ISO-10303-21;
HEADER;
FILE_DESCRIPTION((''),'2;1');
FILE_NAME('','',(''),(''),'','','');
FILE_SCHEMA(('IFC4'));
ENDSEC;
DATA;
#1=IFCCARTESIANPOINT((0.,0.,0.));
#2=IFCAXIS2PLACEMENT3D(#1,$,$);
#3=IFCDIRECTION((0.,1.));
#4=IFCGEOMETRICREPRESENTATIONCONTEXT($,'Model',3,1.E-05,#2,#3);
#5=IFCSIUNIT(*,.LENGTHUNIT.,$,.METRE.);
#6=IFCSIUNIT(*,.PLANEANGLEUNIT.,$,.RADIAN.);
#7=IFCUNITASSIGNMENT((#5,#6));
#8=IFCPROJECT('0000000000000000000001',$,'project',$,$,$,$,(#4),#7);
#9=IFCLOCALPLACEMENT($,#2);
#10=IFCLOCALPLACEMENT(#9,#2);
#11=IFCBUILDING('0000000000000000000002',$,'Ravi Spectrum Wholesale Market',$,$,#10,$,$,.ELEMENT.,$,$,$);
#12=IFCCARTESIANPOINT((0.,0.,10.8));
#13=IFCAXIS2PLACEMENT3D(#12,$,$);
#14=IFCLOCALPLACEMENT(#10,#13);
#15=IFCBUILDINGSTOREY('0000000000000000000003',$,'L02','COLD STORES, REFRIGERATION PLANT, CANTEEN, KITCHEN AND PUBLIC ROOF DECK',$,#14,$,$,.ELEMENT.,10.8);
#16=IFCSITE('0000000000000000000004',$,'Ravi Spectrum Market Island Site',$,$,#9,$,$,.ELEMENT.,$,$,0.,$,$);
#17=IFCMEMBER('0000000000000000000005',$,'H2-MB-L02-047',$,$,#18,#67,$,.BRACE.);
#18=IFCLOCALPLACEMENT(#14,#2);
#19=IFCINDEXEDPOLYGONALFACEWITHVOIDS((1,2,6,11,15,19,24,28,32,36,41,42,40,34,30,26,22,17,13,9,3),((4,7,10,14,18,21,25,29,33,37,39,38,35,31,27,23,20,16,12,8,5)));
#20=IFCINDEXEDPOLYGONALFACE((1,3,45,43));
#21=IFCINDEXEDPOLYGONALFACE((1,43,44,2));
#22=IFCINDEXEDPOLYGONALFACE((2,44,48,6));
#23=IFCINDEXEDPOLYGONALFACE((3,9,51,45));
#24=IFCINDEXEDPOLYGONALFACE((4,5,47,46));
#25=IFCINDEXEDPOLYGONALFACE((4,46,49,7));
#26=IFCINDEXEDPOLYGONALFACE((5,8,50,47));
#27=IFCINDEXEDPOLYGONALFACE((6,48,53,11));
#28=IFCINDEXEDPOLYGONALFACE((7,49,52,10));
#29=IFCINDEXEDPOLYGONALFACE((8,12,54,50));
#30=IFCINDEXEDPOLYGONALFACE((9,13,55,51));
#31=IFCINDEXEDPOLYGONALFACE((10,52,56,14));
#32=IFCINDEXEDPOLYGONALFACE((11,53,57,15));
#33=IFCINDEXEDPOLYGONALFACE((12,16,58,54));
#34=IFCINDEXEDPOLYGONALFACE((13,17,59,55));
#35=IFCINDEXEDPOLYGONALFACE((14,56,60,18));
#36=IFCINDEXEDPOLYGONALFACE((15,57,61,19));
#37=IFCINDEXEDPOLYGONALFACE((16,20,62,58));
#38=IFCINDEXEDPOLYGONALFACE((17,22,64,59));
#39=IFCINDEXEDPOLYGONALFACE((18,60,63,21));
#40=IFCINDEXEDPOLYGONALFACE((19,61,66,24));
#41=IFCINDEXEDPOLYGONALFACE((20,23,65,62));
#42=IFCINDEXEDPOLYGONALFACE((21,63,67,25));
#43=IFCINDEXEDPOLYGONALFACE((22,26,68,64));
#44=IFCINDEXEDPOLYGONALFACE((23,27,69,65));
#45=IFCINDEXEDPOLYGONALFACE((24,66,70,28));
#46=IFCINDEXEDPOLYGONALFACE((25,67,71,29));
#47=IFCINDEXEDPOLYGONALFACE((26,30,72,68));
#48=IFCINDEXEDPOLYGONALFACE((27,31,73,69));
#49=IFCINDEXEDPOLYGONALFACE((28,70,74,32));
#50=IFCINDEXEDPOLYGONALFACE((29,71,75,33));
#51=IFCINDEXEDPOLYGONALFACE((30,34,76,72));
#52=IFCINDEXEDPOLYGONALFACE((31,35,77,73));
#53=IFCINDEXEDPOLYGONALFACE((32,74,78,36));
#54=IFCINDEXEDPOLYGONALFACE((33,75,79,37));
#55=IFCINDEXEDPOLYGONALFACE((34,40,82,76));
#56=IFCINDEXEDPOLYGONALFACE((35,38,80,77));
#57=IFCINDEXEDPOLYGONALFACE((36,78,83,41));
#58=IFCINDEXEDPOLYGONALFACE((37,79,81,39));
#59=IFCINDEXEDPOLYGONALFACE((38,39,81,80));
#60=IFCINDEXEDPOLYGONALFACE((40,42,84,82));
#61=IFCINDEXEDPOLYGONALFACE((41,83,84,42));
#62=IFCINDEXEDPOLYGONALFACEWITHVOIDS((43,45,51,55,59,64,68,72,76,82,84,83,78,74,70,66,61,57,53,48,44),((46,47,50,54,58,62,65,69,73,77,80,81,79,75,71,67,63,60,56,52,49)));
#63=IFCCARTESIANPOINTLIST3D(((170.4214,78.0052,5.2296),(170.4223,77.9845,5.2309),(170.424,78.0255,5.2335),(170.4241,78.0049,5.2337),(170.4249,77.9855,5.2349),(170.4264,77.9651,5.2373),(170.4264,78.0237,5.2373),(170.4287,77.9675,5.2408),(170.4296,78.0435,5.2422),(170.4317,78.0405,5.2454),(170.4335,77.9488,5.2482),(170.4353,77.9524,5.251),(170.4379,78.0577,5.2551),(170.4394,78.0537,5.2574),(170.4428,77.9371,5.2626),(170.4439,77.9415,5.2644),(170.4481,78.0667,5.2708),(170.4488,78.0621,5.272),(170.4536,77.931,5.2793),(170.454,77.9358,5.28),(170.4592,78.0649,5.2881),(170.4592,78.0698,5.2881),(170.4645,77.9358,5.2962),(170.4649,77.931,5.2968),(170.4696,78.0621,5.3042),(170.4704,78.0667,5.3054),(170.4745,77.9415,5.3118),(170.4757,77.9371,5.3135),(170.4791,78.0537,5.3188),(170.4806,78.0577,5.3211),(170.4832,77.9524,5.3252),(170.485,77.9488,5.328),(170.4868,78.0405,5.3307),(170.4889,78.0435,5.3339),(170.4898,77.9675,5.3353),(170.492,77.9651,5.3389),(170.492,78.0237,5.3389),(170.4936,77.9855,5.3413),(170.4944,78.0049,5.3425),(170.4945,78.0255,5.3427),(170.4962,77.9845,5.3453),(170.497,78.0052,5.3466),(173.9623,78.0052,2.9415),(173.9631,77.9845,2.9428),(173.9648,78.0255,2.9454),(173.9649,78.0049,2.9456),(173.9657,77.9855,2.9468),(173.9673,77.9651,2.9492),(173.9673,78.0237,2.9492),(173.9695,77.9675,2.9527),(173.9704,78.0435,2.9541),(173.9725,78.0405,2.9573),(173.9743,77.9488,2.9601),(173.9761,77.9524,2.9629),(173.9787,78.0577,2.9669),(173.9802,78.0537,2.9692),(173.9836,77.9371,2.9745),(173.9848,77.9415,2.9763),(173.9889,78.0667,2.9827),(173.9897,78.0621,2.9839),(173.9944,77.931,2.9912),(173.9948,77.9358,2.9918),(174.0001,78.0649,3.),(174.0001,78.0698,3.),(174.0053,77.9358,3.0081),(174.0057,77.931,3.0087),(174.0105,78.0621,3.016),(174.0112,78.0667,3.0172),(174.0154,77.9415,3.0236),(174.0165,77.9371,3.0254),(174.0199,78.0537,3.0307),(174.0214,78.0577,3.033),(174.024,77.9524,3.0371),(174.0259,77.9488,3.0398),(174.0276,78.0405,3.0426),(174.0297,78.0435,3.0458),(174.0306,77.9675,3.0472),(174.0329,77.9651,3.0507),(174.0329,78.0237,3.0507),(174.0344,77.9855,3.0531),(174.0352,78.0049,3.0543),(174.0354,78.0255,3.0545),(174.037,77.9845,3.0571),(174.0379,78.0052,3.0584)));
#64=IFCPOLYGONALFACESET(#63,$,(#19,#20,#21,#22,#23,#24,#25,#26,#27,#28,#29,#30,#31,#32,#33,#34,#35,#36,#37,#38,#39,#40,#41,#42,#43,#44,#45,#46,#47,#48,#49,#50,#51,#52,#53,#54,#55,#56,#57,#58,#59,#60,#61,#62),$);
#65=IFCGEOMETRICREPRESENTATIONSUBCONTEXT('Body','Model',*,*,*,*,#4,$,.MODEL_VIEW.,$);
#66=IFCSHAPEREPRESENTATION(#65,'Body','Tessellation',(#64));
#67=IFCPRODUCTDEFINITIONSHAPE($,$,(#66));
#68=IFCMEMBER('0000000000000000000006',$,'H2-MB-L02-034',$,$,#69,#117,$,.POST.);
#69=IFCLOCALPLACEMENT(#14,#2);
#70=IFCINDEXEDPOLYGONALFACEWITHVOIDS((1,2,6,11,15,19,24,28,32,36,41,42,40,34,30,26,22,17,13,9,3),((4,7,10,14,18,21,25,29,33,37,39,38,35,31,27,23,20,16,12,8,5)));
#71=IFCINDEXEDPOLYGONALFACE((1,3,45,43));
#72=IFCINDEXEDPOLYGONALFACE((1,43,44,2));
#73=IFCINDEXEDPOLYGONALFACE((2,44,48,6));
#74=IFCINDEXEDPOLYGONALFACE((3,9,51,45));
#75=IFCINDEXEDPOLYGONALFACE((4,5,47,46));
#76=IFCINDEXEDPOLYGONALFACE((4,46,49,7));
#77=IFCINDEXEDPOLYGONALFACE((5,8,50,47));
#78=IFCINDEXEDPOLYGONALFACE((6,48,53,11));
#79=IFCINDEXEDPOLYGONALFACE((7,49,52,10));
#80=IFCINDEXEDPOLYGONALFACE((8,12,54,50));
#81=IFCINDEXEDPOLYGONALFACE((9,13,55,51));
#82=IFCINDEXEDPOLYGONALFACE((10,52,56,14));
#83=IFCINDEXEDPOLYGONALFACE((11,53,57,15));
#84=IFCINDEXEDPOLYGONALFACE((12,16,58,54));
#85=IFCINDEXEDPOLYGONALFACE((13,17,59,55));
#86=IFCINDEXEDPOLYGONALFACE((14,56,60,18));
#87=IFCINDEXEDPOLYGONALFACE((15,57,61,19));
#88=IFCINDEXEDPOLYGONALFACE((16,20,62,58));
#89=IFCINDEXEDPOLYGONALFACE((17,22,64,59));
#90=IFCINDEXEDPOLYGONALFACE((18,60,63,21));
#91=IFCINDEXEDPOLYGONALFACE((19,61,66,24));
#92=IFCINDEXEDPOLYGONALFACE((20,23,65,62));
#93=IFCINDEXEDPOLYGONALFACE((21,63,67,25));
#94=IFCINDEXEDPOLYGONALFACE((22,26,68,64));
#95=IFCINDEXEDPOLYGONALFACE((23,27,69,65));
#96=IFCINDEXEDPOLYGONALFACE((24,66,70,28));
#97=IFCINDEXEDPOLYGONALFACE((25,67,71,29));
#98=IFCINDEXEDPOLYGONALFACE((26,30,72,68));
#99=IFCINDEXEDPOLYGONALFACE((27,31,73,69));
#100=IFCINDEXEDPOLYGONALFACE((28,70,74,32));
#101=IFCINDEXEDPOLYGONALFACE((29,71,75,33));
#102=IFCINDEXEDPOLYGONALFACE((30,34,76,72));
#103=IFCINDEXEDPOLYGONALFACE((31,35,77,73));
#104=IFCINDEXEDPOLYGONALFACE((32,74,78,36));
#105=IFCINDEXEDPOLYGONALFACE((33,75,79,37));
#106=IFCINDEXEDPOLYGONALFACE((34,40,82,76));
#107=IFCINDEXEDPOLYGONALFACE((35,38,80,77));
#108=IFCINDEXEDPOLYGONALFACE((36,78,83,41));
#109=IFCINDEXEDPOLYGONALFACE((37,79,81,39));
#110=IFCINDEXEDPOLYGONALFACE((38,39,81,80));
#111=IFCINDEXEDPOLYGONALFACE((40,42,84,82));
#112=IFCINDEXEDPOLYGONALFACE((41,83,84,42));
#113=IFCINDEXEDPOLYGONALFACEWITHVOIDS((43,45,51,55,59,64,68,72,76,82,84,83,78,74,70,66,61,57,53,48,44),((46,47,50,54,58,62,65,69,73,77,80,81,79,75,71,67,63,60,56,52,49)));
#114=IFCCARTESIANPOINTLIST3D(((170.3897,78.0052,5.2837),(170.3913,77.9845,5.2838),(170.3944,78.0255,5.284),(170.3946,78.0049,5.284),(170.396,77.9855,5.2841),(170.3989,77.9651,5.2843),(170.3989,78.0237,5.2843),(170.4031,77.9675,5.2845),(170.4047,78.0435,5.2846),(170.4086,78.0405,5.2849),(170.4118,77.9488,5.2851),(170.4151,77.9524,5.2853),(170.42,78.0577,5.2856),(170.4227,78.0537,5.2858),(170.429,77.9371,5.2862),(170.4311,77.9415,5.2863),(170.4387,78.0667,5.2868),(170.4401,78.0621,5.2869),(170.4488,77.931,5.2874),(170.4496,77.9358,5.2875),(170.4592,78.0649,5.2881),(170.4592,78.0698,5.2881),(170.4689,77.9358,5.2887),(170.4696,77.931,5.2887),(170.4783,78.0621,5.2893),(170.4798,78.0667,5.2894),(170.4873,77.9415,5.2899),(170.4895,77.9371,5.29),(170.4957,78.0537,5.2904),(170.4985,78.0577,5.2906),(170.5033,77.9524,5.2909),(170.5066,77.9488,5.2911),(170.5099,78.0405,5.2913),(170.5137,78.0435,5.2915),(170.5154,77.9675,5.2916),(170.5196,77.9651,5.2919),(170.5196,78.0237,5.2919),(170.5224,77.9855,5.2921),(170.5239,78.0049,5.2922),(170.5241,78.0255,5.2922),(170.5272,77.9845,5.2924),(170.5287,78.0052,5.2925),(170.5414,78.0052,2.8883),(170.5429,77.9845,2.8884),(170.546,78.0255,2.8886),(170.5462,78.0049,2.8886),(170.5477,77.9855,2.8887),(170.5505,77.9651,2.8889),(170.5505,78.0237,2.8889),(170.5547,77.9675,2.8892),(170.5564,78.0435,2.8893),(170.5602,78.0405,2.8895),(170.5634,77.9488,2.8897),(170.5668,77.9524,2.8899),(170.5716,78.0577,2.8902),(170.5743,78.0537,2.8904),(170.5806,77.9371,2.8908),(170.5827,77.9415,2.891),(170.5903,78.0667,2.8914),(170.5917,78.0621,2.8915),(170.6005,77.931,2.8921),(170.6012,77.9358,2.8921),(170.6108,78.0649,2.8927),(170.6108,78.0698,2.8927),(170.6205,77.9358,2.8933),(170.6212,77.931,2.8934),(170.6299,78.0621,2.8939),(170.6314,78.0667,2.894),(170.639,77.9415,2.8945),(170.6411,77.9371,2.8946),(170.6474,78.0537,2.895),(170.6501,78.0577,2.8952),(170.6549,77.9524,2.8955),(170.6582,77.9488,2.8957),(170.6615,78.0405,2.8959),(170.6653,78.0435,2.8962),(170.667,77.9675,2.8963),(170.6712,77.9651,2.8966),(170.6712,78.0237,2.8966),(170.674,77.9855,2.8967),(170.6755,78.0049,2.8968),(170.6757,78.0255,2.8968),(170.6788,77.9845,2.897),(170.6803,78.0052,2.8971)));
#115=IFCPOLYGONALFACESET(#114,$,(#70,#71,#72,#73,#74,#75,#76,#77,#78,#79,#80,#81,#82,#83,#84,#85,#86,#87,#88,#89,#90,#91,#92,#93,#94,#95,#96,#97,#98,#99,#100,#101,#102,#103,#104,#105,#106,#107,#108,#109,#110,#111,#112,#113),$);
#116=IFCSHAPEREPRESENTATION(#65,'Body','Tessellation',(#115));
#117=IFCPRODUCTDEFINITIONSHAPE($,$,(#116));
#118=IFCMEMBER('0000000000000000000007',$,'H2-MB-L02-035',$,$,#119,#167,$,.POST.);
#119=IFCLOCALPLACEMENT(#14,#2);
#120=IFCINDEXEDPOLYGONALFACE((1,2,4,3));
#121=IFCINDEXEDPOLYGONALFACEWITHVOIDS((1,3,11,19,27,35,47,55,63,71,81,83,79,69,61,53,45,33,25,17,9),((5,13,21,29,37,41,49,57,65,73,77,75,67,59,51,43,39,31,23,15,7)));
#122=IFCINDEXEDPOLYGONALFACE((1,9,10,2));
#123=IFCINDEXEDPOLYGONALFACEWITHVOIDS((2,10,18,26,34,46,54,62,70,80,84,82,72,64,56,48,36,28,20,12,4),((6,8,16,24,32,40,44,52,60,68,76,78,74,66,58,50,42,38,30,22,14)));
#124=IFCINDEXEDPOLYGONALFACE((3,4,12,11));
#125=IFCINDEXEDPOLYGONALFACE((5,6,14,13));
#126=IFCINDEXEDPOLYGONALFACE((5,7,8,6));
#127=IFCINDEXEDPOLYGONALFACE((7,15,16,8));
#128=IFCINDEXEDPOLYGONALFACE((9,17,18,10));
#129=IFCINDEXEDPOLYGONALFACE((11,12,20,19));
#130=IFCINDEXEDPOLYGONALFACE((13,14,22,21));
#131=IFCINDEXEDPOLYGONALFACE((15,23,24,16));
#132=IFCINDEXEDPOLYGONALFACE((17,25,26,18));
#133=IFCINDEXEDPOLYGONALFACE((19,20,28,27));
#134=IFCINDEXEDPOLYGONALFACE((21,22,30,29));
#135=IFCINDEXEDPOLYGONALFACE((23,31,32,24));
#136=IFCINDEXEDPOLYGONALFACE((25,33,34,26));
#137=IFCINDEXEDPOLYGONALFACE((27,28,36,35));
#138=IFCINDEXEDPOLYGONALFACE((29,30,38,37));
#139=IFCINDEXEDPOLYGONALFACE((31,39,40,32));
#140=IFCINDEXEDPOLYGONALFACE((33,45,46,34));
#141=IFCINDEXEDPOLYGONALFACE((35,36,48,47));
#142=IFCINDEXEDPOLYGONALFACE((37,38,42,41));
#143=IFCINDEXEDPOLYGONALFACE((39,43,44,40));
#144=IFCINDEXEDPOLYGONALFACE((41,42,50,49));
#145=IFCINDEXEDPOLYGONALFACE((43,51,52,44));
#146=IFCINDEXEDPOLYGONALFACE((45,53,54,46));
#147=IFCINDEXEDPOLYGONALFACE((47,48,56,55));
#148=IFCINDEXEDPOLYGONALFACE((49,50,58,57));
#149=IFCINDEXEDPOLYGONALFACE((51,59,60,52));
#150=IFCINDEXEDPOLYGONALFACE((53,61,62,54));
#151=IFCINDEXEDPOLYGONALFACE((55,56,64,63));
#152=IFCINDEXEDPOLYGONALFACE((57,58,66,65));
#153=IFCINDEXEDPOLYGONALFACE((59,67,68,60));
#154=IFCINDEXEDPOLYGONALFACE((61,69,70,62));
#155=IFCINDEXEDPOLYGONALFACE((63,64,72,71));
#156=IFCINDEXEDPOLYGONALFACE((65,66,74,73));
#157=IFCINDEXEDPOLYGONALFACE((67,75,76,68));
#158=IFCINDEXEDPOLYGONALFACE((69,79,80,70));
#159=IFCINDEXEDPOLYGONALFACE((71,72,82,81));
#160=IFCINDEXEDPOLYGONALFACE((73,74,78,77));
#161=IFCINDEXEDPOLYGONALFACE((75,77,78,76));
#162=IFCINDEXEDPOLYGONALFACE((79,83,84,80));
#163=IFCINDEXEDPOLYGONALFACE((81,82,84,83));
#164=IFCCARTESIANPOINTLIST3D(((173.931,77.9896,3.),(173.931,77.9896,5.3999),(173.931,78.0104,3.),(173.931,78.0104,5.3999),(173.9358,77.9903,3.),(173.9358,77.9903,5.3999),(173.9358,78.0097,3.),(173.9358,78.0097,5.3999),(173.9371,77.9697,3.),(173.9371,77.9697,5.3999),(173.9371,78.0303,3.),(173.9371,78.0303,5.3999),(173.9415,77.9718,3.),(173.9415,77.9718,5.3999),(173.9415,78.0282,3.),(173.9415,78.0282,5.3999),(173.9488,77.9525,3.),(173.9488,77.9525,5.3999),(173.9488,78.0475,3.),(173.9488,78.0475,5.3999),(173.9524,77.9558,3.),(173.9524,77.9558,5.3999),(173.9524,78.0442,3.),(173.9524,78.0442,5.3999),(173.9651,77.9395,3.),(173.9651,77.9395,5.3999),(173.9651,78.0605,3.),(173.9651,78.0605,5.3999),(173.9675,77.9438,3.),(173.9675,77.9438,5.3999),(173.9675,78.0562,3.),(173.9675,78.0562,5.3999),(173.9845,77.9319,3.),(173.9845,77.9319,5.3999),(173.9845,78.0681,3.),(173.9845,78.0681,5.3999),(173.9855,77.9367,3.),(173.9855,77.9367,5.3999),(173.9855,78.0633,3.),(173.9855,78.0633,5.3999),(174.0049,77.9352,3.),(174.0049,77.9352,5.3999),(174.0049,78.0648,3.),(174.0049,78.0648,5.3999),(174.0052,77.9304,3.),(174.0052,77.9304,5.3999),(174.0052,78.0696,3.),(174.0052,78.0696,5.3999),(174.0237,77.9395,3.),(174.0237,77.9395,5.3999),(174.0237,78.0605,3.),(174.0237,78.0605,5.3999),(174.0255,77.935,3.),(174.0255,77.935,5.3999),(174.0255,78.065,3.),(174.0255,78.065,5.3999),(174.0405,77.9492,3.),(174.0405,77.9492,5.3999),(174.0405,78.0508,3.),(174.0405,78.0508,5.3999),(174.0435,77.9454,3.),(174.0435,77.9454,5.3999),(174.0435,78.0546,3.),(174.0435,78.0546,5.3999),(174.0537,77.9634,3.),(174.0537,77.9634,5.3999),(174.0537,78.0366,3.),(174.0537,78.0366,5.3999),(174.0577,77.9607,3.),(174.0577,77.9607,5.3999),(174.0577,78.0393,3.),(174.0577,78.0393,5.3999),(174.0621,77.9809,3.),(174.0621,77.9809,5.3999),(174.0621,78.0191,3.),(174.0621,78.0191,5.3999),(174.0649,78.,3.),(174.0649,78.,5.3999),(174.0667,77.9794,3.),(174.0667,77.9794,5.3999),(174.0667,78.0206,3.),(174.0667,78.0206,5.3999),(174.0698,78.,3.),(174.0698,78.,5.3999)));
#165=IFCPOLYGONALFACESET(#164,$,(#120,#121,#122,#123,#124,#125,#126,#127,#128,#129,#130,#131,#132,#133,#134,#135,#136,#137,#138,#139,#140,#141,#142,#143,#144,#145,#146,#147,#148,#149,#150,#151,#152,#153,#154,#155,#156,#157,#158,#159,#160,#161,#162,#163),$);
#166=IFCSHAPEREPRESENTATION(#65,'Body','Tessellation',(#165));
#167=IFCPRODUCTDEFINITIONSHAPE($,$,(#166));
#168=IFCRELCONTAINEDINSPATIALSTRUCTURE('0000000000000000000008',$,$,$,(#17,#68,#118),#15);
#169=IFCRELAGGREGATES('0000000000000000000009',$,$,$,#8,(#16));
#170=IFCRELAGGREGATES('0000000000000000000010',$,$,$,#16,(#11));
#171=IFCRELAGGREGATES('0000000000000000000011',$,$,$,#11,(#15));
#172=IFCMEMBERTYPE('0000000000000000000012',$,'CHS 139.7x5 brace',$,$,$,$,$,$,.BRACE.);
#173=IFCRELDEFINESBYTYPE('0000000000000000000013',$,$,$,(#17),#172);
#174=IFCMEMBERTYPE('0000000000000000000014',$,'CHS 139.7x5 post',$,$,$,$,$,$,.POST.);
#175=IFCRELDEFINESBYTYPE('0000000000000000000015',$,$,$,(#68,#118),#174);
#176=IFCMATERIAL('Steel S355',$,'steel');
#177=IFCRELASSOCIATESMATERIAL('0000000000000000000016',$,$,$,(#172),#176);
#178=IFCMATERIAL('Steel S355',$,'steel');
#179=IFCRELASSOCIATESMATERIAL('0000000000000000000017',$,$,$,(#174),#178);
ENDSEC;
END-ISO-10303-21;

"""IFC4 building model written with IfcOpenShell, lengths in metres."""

from ifc_helpers import new_model, si_unit, direction, frame, origin, origin_2d, place, context, subcontext, project, spatial, hollow_circle, extrude, material, material_profile, profile_set, type_object, element, save


model = new_model("IFC4")

# Units and contexts
model_context = context("Model", 3, precision=1e-05, world=origin(), true_north=direction((0.0, 1.0)))
body_context = subcontext(model_context, "Body", "Model", "MODEL_VIEW")
ifc_project = project(units=[si_unit("LENGTHUNIT", "METRE"), si_unit("PLANEANGLEUNIT", "RADIAN")], contexts=[model_context])

# Site, building, storey
site_placement = place(None, origin())
site = spatial("IfcSite", under=ifc_project, at=site_placement, Name="Ravi Spectrum Market Island Site", CompositionType="ELEMENT", RefElevation=0.0)
building_placement = place(site_placement, origin())
building = spatial("IfcBuilding", under=site, at=building_placement, Name="Ravi Spectrum Wholesale Market", CompositionType="ELEMENT")
storey_placement = place(building_placement, frame((0.0, 0.0, 10.8)))
storey = spatial("IfcBuildingStorey", under=building, at=storey_placement, Name="L02", Description="COLD STORES, REFRIGERATION PLANT, CANTEEN, KITCHEN AND PUBLIC ROOF DECK", CompositionType="ELEMENT", Elevation=10.8)

# Members
ifc_material_1 = material(Name="Steel S355", Category="steel")
ifc_material_profile_1 = material_profile(ifc_material_1, hollow_circle(Radius=0.0698, WallThickness=0.0049, at=origin_2d()))
ifc_profile_set_1 = profile_set([ifc_material_profile_1], Name="Steel S355")
member_type_1 = type_object("IfcMemberType", Name="CHS 139.7x5 brace", PredefinedType="BRACE", material=ifc_profile_set_1)
member_1_placement = place(storey_placement, frame((170.4592, 78.0, 5.2881), z_axis=(0.839895, 0.0, -0.542749), x_axis=(0.0, 1.0, 0.0)))
element("IfcMember", 1, at=member_1_placement, inside=storey, type_object=member_type_1, Name="H2-MB-L02-047", PredefinedType="BRACE", context=body_context, shape_type="SweptSolid", body=[
    extrude(hollow_circle(Radius=0.0698, WallThickness=0.0049, at=origin_2d()), origin(), (0.0, 0.0, 1.0), 4.2158),
])
ifc_material_2 = material(Name="Steel S355", Category="steel")
ifc_material_profile_2 = material_profile(ifc_material_2, hollow_circle(Radius=0.0698, WallThickness=0.0049, at=origin_2d()))
ifc_profile_set_2 = profile_set([ifc_material_profile_2], Name="Steel S355")
member_type_2 = type_object("IfcMemberType", Name="CHS 139.7x5 post", PredefinedType="POST", material=ifc_profile_set_2)
member_2_placement = place(storey_placement, frame((170.4592, 78.0, 5.2881), z_axis=(0.06317, 0.0, -0.998003), x_axis=(0.0, 1.0, 0.0)))
element("IfcMember", 2, at=member_2_placement, inside=storey, type_object=member_type_2, Name="H2-MB-L02-034", PredefinedType="POST", context=body_context, shape_type="SweptSolid", body=[
    extrude(hollow_circle(Radius=0.0698, WallThickness=0.0049, at=origin_2d()), origin(), (0.0, 0.0, 1.0), 2.4001),
])
member_3_placement = place(storey_placement, frame((174.0, 78.0, 5.3999), z_axis=(0.0, 0.0, -1.0), x_axis=(1.0, 0.0, 0.0)))
element("IfcMember", 3, at=member_3_placement, inside=storey, type_object=member_type_2, Name="H2-MB-L02-035", PredefinedType="POST", context=body_context, shape_type="SweptSolid", body=[
    extrude(hollow_circle(Radius=0.0698, WallThickness=0.0049, at=origin_2d()), origin(), (0.0, 0.0, 1.0), 2.3999),
])

save(model, "model.ifc")
